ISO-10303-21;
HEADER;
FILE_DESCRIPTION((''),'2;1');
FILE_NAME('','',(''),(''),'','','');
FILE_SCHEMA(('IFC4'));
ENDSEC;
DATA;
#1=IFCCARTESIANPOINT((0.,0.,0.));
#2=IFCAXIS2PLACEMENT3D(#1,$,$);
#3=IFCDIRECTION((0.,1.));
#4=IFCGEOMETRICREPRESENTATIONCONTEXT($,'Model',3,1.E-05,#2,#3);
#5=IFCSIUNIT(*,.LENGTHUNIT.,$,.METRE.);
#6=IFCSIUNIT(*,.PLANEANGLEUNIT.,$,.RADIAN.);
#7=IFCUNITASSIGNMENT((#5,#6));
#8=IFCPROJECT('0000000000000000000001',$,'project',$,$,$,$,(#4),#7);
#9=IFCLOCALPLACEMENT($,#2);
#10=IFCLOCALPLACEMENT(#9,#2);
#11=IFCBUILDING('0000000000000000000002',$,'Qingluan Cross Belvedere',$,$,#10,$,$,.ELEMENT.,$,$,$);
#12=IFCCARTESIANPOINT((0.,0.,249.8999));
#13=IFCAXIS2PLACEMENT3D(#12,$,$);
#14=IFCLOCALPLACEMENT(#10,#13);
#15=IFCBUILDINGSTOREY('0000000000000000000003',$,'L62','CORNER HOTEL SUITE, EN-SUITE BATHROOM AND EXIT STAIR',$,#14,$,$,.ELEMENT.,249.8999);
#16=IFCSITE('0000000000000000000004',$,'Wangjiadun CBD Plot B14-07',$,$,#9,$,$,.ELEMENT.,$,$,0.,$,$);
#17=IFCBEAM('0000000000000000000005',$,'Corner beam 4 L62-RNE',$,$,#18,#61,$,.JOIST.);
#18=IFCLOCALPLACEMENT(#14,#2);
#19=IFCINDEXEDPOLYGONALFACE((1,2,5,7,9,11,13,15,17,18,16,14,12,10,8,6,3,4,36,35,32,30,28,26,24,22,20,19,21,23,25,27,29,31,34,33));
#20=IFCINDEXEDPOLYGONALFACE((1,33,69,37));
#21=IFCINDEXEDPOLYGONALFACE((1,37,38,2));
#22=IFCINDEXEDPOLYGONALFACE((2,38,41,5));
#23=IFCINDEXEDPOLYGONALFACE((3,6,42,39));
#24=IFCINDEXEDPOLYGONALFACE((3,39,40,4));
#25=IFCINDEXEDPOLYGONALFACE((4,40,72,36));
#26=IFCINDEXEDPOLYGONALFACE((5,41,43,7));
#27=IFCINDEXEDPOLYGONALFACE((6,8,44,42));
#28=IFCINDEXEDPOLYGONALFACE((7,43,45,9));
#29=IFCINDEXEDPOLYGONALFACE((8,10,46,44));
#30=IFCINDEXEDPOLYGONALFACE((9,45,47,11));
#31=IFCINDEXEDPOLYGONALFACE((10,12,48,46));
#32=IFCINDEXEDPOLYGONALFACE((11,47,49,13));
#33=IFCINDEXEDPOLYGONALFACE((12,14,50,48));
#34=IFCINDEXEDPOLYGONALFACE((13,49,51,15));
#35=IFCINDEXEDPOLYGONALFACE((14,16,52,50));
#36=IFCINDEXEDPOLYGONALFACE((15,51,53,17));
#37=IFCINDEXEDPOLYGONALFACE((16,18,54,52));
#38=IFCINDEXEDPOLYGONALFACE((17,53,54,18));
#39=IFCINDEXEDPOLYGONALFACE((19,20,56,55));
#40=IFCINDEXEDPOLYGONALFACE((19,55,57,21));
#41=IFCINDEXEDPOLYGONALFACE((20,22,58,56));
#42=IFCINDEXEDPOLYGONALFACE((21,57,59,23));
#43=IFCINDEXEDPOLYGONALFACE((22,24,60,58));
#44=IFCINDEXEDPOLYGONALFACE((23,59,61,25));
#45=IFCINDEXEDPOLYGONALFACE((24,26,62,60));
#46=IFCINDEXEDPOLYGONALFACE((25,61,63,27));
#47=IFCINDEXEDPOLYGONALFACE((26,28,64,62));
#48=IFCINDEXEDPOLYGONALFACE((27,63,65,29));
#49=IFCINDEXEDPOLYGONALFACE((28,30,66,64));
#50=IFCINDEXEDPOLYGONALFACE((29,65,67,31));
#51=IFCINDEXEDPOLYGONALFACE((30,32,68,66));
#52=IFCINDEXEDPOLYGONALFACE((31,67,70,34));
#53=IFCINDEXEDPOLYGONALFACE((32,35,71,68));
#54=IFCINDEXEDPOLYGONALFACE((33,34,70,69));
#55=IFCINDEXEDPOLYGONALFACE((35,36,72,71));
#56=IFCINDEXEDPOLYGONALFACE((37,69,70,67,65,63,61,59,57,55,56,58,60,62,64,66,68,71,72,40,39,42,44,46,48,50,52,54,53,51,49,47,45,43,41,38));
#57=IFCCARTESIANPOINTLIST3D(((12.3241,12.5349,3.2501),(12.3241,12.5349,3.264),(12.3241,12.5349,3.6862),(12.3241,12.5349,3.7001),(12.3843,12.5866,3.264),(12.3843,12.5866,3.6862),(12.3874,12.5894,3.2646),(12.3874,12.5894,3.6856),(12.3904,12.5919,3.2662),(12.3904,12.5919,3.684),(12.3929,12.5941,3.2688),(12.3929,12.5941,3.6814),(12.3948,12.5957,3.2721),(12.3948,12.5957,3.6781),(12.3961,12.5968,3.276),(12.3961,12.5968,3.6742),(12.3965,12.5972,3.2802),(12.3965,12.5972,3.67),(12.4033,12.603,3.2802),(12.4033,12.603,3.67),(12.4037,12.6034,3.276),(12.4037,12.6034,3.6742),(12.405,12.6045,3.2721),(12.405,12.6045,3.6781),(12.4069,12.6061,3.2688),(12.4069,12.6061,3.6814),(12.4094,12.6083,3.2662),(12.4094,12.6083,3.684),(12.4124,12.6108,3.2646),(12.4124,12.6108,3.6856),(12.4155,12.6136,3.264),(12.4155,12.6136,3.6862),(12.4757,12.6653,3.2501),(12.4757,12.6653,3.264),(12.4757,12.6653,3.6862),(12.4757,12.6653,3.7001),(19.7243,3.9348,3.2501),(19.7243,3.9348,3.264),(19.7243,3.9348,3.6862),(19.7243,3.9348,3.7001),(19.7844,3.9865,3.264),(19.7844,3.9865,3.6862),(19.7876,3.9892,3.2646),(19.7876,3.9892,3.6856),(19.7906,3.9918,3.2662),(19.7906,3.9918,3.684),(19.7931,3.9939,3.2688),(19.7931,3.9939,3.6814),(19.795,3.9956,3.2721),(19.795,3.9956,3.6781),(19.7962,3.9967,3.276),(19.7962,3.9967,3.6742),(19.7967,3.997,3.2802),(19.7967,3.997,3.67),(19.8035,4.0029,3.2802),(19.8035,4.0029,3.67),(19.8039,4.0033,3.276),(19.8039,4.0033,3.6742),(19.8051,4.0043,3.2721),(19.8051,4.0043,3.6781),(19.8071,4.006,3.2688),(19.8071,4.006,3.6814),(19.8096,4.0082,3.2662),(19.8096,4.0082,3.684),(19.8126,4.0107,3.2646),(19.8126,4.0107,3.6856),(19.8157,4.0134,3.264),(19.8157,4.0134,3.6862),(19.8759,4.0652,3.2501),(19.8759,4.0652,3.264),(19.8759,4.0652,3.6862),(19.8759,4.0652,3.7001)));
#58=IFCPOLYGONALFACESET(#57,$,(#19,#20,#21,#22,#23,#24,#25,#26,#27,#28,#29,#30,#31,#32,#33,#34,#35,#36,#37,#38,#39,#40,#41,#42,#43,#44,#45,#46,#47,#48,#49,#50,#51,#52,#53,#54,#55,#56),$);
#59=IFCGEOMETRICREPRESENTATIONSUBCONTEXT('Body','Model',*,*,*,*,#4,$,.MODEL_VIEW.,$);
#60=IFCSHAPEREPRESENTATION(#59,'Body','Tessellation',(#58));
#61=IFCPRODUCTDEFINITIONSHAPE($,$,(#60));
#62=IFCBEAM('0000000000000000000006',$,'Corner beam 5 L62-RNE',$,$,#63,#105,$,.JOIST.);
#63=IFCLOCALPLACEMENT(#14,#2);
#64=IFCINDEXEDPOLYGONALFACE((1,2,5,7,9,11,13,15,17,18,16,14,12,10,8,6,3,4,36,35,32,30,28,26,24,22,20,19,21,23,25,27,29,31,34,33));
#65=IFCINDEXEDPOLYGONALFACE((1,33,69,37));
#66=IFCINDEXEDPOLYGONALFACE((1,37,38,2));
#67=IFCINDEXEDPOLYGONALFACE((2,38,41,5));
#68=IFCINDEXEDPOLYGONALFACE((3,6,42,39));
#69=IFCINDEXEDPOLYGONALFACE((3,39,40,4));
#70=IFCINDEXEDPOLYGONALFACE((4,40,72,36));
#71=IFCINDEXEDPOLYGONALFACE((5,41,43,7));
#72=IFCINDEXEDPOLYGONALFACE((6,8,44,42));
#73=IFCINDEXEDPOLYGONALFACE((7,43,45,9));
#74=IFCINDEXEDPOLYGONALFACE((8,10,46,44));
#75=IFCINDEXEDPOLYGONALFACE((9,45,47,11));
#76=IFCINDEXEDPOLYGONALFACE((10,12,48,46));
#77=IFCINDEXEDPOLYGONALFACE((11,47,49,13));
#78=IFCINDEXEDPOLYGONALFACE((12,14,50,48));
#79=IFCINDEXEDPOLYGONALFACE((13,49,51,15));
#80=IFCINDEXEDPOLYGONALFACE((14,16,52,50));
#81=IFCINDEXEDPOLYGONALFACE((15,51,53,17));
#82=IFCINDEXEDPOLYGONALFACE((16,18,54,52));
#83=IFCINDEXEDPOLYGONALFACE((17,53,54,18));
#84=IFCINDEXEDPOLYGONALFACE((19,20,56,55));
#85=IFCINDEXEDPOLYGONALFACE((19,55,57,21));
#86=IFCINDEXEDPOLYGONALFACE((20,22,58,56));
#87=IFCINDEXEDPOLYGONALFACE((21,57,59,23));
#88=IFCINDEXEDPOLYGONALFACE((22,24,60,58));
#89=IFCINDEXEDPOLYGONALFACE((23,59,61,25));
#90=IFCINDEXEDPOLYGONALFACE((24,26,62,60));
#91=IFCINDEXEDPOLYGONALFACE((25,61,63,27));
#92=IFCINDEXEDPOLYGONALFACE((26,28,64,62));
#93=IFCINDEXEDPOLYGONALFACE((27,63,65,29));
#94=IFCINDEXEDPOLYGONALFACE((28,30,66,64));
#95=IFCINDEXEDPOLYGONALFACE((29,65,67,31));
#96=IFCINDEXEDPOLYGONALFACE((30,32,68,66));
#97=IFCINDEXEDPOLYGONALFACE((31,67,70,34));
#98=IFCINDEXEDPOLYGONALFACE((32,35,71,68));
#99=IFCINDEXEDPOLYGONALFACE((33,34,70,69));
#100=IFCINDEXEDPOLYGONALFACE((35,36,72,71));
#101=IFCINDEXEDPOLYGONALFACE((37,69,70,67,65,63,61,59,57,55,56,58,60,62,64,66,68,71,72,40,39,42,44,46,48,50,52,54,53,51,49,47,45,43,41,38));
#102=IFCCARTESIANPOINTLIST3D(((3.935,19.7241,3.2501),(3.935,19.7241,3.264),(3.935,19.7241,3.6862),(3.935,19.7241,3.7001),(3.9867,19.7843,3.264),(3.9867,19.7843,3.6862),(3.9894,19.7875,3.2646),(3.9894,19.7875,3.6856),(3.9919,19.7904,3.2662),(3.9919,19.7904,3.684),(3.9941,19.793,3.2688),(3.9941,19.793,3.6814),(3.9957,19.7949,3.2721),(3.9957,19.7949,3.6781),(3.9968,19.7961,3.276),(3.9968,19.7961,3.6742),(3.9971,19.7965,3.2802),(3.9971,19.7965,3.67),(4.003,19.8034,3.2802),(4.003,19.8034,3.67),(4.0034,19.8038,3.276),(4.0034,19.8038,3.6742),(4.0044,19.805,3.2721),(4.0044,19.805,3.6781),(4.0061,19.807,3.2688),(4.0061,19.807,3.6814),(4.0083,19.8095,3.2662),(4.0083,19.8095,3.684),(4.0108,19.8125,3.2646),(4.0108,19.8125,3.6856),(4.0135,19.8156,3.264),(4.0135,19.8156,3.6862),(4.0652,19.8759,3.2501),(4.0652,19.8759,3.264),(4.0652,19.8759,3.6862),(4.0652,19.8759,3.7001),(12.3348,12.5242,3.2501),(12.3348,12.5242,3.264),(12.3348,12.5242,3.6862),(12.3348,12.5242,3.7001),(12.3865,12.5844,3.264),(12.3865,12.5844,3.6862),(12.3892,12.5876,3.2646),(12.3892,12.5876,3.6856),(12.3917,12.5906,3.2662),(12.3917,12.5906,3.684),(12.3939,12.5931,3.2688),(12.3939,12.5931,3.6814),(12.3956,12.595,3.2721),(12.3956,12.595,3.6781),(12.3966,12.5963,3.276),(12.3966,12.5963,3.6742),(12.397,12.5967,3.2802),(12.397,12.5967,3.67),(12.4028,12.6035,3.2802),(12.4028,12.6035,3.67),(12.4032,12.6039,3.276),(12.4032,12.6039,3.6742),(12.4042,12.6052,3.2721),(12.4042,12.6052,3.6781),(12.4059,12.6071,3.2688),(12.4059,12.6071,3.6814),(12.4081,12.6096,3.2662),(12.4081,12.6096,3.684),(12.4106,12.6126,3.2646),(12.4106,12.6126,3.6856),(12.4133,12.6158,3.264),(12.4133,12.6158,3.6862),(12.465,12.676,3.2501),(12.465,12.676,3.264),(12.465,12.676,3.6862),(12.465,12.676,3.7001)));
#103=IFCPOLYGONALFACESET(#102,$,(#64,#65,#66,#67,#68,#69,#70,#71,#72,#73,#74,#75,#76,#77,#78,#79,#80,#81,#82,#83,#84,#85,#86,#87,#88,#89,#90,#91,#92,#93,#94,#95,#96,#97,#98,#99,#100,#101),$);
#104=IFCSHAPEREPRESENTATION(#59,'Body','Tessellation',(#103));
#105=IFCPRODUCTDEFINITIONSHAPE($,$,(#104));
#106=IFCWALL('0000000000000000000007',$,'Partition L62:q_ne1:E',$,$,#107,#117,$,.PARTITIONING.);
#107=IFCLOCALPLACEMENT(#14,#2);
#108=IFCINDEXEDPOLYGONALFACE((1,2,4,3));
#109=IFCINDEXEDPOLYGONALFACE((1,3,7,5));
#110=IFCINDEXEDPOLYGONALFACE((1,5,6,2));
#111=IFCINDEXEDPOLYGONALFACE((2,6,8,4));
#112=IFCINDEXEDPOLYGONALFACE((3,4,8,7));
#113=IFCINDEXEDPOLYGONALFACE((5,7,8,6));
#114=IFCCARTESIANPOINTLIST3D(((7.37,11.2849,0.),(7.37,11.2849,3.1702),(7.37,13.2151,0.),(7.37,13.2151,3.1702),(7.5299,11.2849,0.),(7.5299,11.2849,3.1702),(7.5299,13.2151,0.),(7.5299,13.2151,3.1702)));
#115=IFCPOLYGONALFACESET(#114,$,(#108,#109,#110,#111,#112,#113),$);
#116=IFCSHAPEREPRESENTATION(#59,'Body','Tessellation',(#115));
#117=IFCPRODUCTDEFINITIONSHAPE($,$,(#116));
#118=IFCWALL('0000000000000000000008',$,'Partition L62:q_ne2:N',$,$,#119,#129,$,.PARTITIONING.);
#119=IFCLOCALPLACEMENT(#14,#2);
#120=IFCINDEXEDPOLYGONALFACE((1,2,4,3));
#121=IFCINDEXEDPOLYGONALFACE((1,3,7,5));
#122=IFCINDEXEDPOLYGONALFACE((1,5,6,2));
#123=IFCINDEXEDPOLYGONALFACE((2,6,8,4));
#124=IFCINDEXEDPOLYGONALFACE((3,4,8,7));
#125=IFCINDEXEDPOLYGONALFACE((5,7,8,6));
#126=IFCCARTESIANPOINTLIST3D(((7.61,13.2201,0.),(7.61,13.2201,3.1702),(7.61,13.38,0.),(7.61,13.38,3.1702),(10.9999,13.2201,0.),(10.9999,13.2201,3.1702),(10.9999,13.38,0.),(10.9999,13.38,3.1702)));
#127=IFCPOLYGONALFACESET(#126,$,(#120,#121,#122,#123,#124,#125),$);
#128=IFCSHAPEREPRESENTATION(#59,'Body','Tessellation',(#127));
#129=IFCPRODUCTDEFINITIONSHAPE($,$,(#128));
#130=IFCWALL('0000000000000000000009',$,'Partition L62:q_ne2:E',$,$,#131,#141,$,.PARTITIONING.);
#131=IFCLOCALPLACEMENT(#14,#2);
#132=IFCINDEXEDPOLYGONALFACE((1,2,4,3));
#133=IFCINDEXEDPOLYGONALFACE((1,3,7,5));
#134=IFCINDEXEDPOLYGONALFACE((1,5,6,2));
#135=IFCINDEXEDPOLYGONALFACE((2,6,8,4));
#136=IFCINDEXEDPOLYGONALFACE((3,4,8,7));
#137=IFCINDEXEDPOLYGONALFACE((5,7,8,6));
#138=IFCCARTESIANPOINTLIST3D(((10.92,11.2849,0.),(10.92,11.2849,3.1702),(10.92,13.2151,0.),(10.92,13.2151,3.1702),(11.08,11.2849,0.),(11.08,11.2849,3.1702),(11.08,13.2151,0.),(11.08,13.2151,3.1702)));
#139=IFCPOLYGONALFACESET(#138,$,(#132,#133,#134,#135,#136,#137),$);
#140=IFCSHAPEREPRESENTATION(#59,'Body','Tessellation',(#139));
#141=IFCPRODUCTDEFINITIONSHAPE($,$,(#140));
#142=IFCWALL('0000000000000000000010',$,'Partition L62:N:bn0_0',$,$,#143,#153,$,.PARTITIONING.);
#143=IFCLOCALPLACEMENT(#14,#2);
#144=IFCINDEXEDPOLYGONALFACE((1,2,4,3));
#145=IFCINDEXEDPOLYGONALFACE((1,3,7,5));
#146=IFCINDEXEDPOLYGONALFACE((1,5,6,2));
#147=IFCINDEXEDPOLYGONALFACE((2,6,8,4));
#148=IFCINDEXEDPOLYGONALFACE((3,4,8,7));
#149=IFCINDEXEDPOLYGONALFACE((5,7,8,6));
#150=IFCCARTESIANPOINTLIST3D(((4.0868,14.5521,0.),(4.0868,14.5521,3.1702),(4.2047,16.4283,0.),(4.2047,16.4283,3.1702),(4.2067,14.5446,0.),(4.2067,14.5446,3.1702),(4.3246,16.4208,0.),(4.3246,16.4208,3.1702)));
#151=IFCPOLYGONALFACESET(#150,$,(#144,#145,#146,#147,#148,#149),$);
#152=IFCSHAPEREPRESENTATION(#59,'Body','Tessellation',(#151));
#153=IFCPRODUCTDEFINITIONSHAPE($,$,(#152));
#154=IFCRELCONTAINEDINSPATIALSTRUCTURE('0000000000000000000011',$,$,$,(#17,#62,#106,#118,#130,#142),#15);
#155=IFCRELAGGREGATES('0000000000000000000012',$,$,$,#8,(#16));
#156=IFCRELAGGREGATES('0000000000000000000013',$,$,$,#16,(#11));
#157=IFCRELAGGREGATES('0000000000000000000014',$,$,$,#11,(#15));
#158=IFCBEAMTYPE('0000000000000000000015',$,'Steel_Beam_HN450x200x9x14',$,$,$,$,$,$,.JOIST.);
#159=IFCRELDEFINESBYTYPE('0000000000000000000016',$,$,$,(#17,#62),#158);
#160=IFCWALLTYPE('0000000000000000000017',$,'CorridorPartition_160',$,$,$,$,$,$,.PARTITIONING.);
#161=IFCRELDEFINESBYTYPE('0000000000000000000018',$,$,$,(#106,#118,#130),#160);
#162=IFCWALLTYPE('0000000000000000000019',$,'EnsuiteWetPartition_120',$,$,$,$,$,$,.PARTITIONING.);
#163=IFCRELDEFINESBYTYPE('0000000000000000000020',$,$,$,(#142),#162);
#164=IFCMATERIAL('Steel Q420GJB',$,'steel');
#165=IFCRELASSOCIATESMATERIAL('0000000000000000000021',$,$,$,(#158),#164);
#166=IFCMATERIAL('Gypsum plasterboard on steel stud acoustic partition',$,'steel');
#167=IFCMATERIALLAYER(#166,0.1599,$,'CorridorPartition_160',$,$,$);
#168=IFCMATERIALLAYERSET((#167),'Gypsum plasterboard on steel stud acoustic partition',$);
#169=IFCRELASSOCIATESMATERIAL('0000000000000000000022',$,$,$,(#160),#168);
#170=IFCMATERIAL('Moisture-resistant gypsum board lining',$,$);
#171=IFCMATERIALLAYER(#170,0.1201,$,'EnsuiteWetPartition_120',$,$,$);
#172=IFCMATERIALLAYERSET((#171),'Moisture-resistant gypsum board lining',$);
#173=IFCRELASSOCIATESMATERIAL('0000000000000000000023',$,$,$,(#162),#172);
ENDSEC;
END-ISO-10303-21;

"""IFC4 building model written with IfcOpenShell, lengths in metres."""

from ifc_helpers import new_model, si_unit, direction, frame, frame_2d, origin, origin_2d, place, context, subcontext, project, spatial, rectangle, i_section, extrude, material, layer, layer_set, material_profile, profile_set, type_object, element, save


model = new_model("IFC4")

# Units and contexts
model_context = context("Model", 3, precision=1e-05, world=origin(), true_north=direction((0.0, 1.0)))
body_context = subcontext(model_context, "Body", "Model", "MODEL_VIEW")
ifc_project = project(units=[si_unit("LENGTHUNIT", "METRE"), si_unit("PLANEANGLEUNIT", "RADIAN")], contexts=[model_context])

# Site, building, storey
site_placement = place(None, origin())
site = spatial("IfcSite", under=ifc_project, at=site_placement, Name="Wangjiadun CBD Plot B14-07", CompositionType="ELEMENT", RefElevation=0.0)
building_placement = place(site_placement, origin())
building = spatial("IfcBuilding", under=site, at=building_placement, Name="Qingluan Cross Belvedere", CompositionType="ELEMENT")
storey_placement = place(building_placement, frame((0.0, 0.0, 249.8999)))
storey = spatial("IfcBuildingStorey", under=building, at=storey_placement, Name="L62", Description="CORNER HOTEL SUITE, EN-SUITE BATHROOM AND EXIT STAIR", CompositionType="ELEMENT", Elevation=249.8999)

# Beams
ifc_material_1 = material(Name="Steel Q420GJB", Category="steel")
ifc_material_profile_1 = material_profile(ifc_material_1, i_section(OverallWidth=0.2, OverallDepth=0.45, WebThickness=0.009, FlangeThickness=0.0139, FilletRadius=0.0161, at=origin_2d()), Name="HN450x200x9x14")
ifc_profile_set_1 = profile_set([ifc_material_profile_1], Name="Steel Q420GJB")
beam_type = type_object("IfcBeamType", Name="Steel_Beam_HN450x200x9x14", PredefinedType="JOIST", material=ifc_profile_set_1)
beam_1_placement = place(storey_placement, frame((12.3999, 12.6001, 3.4751), z_axis=(0.652245, -0.758008, 0.0), x_axis=(0.758008, 0.652245, 0.0)))
element("IfcBeam", 1, at=beam_1_placement, inside=storey, type_object=beam_type, Name="Corner beam 4 L62-RNE", PredefinedType="JOIST", context=body_context, shape_type="SweptSolid", body=[
    extrude(i_section(OverallWidth=0.2, OverallDepth=0.45, WebThickness=0.009, FlangeThickness=0.0139, FilletRadius=0.0161, at=origin_2d()), origin(), (0.0, 0.0, 1.0), 11.3457),
])
beam_2_placement = place(storey_placement, frame((12.3999, 12.6001, 3.4751), z_axis=(-0.759255, 0.650793, 0.0), x_axis=(-0.650793, -0.759255, 0.0)))
element("IfcBeam", 2, at=beam_2_placement, inside=storey, type_object=beam_type, Name="Corner beam 5 L62-RNE", PredefinedType="JOIST", context=body_context, shape_type="SweptSolid", body=[
    extrude(i_section(OverallWidth=0.2, OverallDepth=0.45, WebThickness=0.009, FlangeThickness=0.0139, FilletRadius=0.0161, at=origin_2d()), origin(), (0.0, 0.0, 1.0), 11.0632),
])

# Walls
ifc_material_2 = material(Name="Gypsum plasterboard on steel stud acoustic partition", Category="steel")
ifc_layer_1 = layer(ifc_material_2, 0.1599, Name="CorridorPartition_160")
ifc_layer_set_1 = layer_set([ifc_layer_1], Name="Gypsum plasterboard on steel stud acoustic partition")
wall_type_1 = type_object("IfcWallType", Name="CorridorPartition_160", PredefinedType="PARTITIONING", material=ifc_layer_set_1)
wall_1_placement = place(storey_placement, frame((7.45, 11.2849, 0.0), z_axis=(0.0, 0.0, 1.0), x_axis=(0.0, 1.0, 0.0)))
element("IfcWall", 3, at=wall_1_placement, inside=storey, type_object=wall_type_1, Name="Partition L62:q_ne1:E", PredefinedType="PARTITIONING", context=body_context, shape_type="SweptSolid", body=[
    extrude(rectangle(XDim=1.9302, YDim=0.1599, at=frame_2d((0.9651, 0.0))), origin(), (0.0, 0.0, 1.0), 3.1702),
])
wall_2_placement = place(storey_placement, frame((7.6101, 13.3, 0.0), z_axis=(0.0, 0.0, 1.0), x_axis=(1.0, 0.0, 0.0)))
element("IfcWall", 4, at=wall_2_placement, inside=storey, type_object=wall_type_1, Name="Partition L62:q_ne2:N", PredefinedType="PARTITIONING", context=body_context, shape_type="SweptSolid", body=[
    extrude(rectangle(XDim=3.3899, YDim=0.1599, at=frame_2d((1.6948, 0.0))), origin(), (0.0, 0.0, 1.0), 3.1702),
])
wall_3_placement = place(storey_placement, frame((11.0, 11.2849, 0.0), z_axis=(0.0, 0.0, 1.0), x_axis=(0.0, 1.0, 0.0)))
element("IfcWall", 5, at=wall_3_placement, inside=storey, type_object=wall_type_1, Name="Partition L62:q_ne2:E", PredefinedType="PARTITIONING", context=body_context, shape_type="SweptSolid", body=[
    extrude(rectangle(XDim=1.9302, YDim=0.1599, at=frame_2d((0.9651, 0.0))), origin(), (0.0, 0.0, 1.0), 3.1702),
])
ifc_material_3 = material(Name="Moisture-resistant gypsum board lining")
ifc_layer_2 = layer(ifc_material_3, 0.1201, Name="EnsuiteWetPartition_120")
ifc_layer_set_2 = layer_set([ifc_layer_2], Name="Moisture-resistant gypsum board lining")
wall_type_2 = type_object("IfcWallType", Name="EnsuiteWetPartition_120", PredefinedType="PARTITIONING", material=ifc_layer_set_2)
wall_4_placement = place(storey_placement, frame((4.1467, 14.5483, 0.0), z_axis=(0.0, 0.0, 1.0), x_axis=(0.062726, 0.998031, 0.0)))
element("IfcWall", 6, at=wall_4_placement, inside=storey, type_object=wall_type_2, Name="Partition L62:N:bn0_0", PredefinedType="PARTITIONING", context=body_context, shape_type="SweptSolid", body=[
    extrude(rectangle(XDim=1.8799, YDim=0.1201, at=frame_2d((0.9399, 0.0))), origin(), (0.0, 0.0, 1.0), 3.1702),
])

save(model, "model.ifc")
